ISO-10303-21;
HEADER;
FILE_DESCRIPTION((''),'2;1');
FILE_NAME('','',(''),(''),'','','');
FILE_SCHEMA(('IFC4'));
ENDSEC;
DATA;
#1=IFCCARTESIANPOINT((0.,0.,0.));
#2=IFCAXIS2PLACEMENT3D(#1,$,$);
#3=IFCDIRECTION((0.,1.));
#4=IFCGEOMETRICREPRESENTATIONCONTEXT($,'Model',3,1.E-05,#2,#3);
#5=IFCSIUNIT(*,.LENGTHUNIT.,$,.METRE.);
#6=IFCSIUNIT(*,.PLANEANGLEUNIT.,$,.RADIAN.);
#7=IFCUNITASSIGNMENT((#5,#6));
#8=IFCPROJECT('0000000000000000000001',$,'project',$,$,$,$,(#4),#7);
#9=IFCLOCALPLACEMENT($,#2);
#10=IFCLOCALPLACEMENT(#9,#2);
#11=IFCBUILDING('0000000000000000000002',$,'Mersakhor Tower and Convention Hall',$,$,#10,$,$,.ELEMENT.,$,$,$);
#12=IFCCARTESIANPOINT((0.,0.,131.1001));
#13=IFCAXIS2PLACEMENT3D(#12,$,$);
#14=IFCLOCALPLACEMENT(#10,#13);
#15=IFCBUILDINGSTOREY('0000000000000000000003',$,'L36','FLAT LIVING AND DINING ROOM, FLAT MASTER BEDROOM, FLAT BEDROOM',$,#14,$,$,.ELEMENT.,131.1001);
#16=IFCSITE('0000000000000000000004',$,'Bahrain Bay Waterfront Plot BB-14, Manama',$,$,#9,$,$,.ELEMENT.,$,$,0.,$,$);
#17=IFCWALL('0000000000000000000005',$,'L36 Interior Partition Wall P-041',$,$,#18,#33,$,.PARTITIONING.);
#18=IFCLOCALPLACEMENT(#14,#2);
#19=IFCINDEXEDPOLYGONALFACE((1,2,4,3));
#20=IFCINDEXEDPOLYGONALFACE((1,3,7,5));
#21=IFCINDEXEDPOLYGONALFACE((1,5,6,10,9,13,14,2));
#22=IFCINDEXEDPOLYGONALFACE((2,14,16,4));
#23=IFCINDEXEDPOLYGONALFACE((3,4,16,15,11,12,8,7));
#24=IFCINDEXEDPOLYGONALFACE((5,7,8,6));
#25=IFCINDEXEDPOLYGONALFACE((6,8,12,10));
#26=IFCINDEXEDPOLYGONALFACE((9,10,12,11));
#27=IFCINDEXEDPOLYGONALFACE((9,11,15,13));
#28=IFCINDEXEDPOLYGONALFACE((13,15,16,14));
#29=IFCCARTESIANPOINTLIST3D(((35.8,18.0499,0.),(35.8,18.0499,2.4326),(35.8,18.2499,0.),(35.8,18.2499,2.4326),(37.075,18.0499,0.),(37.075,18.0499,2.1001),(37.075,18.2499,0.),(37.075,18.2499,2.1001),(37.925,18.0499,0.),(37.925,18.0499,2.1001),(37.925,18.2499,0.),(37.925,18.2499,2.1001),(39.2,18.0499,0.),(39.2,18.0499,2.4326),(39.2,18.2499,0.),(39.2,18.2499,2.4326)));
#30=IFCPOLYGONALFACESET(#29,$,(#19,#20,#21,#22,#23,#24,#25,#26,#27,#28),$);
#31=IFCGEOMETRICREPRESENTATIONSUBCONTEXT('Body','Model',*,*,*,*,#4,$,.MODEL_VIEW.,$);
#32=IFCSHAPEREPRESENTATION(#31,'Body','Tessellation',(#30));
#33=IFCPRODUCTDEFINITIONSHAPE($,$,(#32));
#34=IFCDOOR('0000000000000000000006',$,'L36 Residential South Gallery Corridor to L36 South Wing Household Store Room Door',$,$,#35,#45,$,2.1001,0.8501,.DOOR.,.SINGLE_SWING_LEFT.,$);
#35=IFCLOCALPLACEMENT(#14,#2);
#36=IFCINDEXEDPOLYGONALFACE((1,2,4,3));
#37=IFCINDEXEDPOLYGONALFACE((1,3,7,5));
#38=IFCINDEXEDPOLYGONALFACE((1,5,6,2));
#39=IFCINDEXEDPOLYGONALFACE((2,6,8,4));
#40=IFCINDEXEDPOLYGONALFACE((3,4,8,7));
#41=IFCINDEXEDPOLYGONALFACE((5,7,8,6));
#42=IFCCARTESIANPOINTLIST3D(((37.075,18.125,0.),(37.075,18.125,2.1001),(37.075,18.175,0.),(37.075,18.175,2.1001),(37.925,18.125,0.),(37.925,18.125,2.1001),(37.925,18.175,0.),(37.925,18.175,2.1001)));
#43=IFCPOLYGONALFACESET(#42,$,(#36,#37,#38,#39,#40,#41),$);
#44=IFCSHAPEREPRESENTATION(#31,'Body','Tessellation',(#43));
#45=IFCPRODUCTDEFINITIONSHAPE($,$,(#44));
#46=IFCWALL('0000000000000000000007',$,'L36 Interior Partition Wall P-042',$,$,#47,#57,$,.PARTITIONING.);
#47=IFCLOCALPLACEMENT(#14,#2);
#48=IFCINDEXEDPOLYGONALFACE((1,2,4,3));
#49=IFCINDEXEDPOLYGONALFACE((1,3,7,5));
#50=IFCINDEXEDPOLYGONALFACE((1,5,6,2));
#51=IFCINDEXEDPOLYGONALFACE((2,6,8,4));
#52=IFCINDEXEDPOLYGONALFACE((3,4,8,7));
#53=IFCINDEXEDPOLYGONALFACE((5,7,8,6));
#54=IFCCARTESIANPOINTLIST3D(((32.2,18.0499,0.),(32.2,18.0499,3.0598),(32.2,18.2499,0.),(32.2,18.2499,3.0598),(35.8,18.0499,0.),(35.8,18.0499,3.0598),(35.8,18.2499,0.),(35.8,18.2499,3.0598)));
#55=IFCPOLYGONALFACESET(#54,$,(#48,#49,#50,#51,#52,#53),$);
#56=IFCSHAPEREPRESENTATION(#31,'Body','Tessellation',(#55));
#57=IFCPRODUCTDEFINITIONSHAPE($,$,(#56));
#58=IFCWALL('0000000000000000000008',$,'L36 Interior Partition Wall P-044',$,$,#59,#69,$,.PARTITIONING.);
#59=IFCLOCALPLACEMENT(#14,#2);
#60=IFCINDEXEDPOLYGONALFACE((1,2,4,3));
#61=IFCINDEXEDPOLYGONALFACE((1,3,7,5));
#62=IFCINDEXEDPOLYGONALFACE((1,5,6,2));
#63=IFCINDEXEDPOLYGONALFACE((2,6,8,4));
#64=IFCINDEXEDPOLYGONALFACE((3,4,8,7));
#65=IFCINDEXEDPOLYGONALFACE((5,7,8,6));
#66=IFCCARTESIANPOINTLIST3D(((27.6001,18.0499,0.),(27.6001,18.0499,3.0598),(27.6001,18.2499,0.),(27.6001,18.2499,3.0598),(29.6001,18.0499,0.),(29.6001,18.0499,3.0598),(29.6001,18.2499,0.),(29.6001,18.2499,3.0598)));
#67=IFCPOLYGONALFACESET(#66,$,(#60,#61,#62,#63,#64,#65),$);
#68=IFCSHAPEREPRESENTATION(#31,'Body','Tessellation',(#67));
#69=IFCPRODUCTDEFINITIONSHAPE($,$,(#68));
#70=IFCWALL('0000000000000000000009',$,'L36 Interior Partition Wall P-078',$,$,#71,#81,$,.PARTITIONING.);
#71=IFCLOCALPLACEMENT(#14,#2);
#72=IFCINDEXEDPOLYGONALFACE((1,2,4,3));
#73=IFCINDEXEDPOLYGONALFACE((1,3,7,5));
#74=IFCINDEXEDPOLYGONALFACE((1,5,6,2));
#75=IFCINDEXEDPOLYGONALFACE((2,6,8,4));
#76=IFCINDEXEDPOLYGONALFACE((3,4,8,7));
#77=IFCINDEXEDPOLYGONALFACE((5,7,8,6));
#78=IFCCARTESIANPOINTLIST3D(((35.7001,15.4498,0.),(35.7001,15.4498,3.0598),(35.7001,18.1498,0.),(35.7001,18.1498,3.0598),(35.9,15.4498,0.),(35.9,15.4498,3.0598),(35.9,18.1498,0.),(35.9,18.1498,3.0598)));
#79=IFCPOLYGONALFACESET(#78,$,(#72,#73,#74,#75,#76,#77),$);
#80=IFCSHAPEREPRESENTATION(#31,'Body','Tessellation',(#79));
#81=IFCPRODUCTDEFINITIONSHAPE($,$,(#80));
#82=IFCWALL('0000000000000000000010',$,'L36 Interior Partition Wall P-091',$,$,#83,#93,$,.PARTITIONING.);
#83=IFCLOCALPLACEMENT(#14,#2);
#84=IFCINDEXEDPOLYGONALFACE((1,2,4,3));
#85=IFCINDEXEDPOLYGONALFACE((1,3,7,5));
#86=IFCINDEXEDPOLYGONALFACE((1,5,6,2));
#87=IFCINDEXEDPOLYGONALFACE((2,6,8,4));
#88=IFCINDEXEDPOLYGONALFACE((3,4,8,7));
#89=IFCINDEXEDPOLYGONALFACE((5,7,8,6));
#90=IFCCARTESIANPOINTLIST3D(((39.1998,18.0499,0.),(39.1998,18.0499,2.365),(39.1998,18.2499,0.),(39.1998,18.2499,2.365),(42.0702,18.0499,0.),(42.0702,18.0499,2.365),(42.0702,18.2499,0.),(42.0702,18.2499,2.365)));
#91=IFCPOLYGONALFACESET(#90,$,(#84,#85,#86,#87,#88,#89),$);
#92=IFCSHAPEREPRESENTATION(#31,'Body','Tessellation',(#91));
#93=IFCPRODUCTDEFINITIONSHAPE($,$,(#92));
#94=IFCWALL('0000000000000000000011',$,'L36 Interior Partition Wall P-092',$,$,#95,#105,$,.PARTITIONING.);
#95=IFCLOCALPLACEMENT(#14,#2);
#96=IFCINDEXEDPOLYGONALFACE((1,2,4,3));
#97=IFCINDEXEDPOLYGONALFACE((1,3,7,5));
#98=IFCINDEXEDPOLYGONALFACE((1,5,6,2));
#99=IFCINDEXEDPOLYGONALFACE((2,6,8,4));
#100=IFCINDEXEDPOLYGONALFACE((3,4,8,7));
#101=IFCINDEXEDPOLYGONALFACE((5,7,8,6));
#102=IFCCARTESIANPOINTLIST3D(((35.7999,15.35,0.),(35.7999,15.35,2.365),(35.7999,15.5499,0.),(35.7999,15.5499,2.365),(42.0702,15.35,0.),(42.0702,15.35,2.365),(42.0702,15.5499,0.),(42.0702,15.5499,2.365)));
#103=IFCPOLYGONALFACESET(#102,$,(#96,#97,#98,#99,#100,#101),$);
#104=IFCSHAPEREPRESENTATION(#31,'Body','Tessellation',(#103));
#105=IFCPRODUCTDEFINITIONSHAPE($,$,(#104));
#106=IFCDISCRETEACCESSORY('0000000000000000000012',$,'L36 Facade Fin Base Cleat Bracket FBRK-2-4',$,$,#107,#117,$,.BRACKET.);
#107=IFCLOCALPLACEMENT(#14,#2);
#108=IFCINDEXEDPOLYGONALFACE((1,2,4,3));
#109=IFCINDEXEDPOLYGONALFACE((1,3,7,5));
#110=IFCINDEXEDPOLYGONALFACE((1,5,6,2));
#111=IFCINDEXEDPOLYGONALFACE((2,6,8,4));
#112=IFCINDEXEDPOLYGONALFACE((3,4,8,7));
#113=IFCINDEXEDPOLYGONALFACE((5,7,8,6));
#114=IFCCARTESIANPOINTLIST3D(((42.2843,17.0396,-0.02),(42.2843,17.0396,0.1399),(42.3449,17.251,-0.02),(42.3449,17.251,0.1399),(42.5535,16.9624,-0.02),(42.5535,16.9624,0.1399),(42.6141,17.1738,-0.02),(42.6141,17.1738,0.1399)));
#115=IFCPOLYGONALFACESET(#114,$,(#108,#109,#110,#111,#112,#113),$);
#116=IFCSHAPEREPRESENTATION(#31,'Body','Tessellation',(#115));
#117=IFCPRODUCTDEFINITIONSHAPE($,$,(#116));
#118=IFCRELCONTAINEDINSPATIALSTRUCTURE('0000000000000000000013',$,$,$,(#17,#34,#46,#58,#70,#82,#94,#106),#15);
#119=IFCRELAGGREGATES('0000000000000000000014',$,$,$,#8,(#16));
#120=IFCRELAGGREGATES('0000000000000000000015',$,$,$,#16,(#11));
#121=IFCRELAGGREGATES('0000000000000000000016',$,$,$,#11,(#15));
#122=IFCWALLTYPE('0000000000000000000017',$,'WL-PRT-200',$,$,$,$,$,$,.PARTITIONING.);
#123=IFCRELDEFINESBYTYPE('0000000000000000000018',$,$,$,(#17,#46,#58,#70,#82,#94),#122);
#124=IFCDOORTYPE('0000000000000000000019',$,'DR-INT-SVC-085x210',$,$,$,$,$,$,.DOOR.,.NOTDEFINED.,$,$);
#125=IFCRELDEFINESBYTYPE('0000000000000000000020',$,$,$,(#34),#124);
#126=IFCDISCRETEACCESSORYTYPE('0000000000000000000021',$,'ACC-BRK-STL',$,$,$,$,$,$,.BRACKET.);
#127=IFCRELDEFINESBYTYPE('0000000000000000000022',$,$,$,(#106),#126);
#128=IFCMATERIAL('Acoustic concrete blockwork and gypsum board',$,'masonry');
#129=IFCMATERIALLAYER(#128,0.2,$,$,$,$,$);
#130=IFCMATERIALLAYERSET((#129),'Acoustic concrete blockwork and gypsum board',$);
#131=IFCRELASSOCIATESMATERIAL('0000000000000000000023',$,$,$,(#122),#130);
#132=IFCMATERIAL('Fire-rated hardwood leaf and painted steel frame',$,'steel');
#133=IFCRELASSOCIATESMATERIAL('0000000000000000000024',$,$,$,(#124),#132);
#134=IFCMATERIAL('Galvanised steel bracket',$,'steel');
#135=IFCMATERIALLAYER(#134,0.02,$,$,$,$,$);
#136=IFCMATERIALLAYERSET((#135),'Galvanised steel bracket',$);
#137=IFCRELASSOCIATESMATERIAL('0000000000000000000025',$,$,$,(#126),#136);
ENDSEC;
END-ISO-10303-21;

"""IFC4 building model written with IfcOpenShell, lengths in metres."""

from ifc_helpers import new_model, si_unit, direction, frame, frame_2d, origin, origin_2d, place, context, subcontext, project, spatial, rectangle, extrude, material, layer, layer_set, type_object, element, fill, save


model = new_model("IFC4")

# Units and contexts
model_context = context("Model", 3, precision=1e-05, world=origin(), true_north=direction((0.0, 1.0)))
body_context = subcontext(model_context, "Body", "Model", "MODEL_VIEW")
ifc_project = project(units=[si_unit("LENGTHUNIT", "METRE"), si_unit("PLANEANGLEUNIT", "RADIAN")], contexts=[model_context])

# Site, building, storey
site_placement = place(None, origin())
site = spatial("IfcSite", under=ifc_project, at=site_placement, Name="Bahrain Bay Waterfront Plot BB-14, Manama", CompositionType="ELEMENT", RefElevation=0.0)
building_placement = place(site_placement, origin())
building = spatial("IfcBuilding", under=site, at=building_placement, Name="Mersakhor Tower and Convention Hall", CompositionType="ELEMENT")
storey_placement = place(building_placement, frame((0.0, 0.0, 131.1001)))
storey = spatial("IfcBuildingStorey", under=building, at=storey_placement, Name="L36", Description="FLAT LIVING AND DINING ROOM, FLAT MASTER BEDROOM, FLAT BEDROOM", CompositionType="ELEMENT", Elevation=131.1001)

# Shared definitions
ifc_material_1 = material(Name="Acoustic concrete blockwork and gypsum board", Category="masonry")
ifc_layer_1 = layer(ifc_material_1, 0.2)
ifc_layer_set_1 = layer_set([ifc_layer_1], Name="Acoustic concrete blockwork and gypsum board")
wall_type_1 = type_object("IfcWallType", Name="WL-PRT-200", PredefinedType="PARTITIONING", material=ifc_layer_set_1)

# Wall, opening, door
wall_1_placement = place(storey_placement, frame((39.2, 18.1499, 0.0), z_axis=(0.0, 0.0, 1.0), x_axis=(-1.0, 0.0, 0.0)))
wall_1 = element("IfcWall", 1, at=wall_1_placement, inside=storey, type_object=wall_type_1, Name="L36 Interior Partition Wall P-041", PredefinedType="PARTITIONING", context=body_context, shape_type="SweptSolid", body=[
    extrude(rectangle(XDim=3.3999, YDim=0.2, at=frame_2d((1.7, 0.0))), origin(), (0.0, 0.0, 1.0), 2.4326),
])
opening_1_placement = place(wall_1_placement, frame((1.2749, 0.0, 0.0)))
opening_1 = element("IfcOpeningElement", 2, at=opening_1_placement, cuts=wall_1, PredefinedType="OPENING", context=body_context, shape_type="SweptSolid", body=[
    extrude(rectangle(XDim=0.8501, YDim=2.1001, at=frame_2d((0.425, 1.05))), frame((0.0, 0.1099, 0.0), z_axis=(0.0, -1.0, 0.0), x_axis=(1.0, 0.0, 0.0)), (0.0, 0.0, 1.0), 0.22),
])
ifc_material_2 = material(Name="Fire-rated hardwood leaf and painted steel frame", Category="steel")
door_type_1 = type_object("IfcDoorType", Name="DR-INT-SVC-085x210", OperationType="NOTDEFINED", PredefinedType="DOOR", material=ifc_material_2)
door_1_placement = place(opening_1_placement, origin())
door_1 = element("IfcDoor", 3, at=door_1_placement, inside=storey, type_object=door_type_1, Name="L36 Residential South Gallery Corridor to L36 South Wing Household Store Room Door", OperationType="SINGLE_SWING_LEFT", OverallHeight=2.1001, OverallWidth=0.8501, PredefinedType="DOOR", context=body_context, shape_type="SweptSolid", body=[
    extrude(rectangle(XDim=0.8501, YDim=2.1001, at=frame_2d((0.425, 1.05))), frame((0.0, 0.0249, 0.0), z_axis=(0.0, -1.0, 0.0), x_axis=(1.0, 0.0, 0.0)), (0.0, 0.0, 1.0), 0.05),
])
fill(opening_1, door_1)

# Wall
wall_2_placement = place(storey_placement, frame((35.8, 18.1499, 0.0), z_axis=(0.0, 0.0, 1.0), x_axis=(-1.0, 0.0, 0.0)))
element("IfcWall", 4, at=wall_2_placement, inside=storey, type_object=wall_type_1, Name="L36 Interior Partition Wall P-042", PredefinedType="PARTITIONING", context=body_context, shape_type="SweptSolid", body=[
    extrude(rectangle(XDim=3.6001, YDim=0.2, at=frame_2d((1.8, 0.0))), origin(), (0.0, 0.0, 1.0), 3.0598),
])

# Walls
wall_3_placement = place(storey_placement, frame((29.6001, 18.1499, 0.0), z_axis=(0.0, 0.0, 1.0), x_axis=(-1.0, 0.0, 0.0)))
element("IfcWall", 5, at=wall_3_placement, inside=storey, type_object=wall_type_1, Name="L36 Interior Partition Wall P-044", PredefinedType="PARTITIONING", context=body_context, shape_type="SweptSolid", body=[
    extrude(rectangle(XDim=2.0, YDim=0.2, at=frame_2d((1.0, 0.0))), origin(), (0.0, 0.0, 1.0), 3.0598),
])
wall_4_placement = place(storey_placement, frame((35.8, 18.1499, 0.0), z_axis=(0.0, 0.0, 1.0), x_axis=(0.0, -1.0, 0.0)))
element("IfcWall", 6, at=wall_4_placement, inside=storey, type_object=wall_type_1, Name="L36 Interior Partition Wall P-078", PredefinedType="PARTITIONING", context=body_context, shape_type="SweptSolid", body=[
    extrude(rectangle(XDim=2.7, YDim=0.2, at=frame_2d((1.3501, 0.0))), origin(), (0.0, 0.0, 1.0), 3.0598),
])
wall_5_placement = place(storey_placement, frame((39.2, 18.1499, 0.0), z_axis=(0.0, 0.0, 1.0), x_axis=(1.0, 0.0, 0.0)))
element("IfcWall", 7, at=wall_5_placement, inside=storey, type_object=wall_type_1, Name="L36 Interior Partition Wall P-091", PredefinedType="PARTITIONING", context=body_context, shape_type="SweptSolid", body=[
    extrude(rectangle(XDim=2.8704, YDim=0.2, at=frame_2d((1.4351, 0.0))), origin(), (0.0, 0.0, 1.0), 2.365),
])
wall_6_placement = place(storey_placement, frame((42.0703, 15.45, 0.0), z_axis=(0.0, 0.0, 1.0), x_axis=(-1.0, 0.0, 0.0)))
element("IfcWall", 8, at=wall_6_placement, inside=storey, type_object=wall_type_1, Name="L36 Interior Partition Wall P-092", PredefinedType="PARTITIONING", context=body_context, shape_type="SweptSolid", body=[
    extrude(rectangle(XDim=6.2703, YDim=0.2, at=frame_2d((3.1353, 0.0))), origin(), (0.0, 0.0, 1.0), 2.365),
])

# Discrete accessory
ifc_material_3 = material(Name="Galvanised steel bracket", Category="steel")
ifc_layer_2 = layer(ifc_material_3, 0.02)
ifc_layer_set_2 = layer_set([ifc_layer_2], Name="Galvanised steel bracket")
discrete_accessory_type = type_object("IfcDiscreteAccessoryType", Name="ACC-BRK-STL", PredefinedType="BRACKET", material=ifc_layer_set_2)
discrete_accessory_placement = place(storey_placement, frame((42.4492, 17.1067, -0.02), z_axis=(0.0, 0.0, 1.0), x_axis=(0.961262, -0.275637, 0.0)))
element("IfcDiscreteAccessory", 9, at=discrete_accessory_placement, inside=storey, type_object=discrete_accessory_type, Name="L36 Facade Fin Base Cleat Bracket FBRK-2-4", PredefinedType="BRACKET", context=body_context, shape_type="SweptSolid", body=[
    extrude(rectangle(XDim=0.28, YDim=0.22, at=origin_2d()), origin(), (0.0, 0.0, 1.0), 0.1599),
])

save(model, "model.ifc")
